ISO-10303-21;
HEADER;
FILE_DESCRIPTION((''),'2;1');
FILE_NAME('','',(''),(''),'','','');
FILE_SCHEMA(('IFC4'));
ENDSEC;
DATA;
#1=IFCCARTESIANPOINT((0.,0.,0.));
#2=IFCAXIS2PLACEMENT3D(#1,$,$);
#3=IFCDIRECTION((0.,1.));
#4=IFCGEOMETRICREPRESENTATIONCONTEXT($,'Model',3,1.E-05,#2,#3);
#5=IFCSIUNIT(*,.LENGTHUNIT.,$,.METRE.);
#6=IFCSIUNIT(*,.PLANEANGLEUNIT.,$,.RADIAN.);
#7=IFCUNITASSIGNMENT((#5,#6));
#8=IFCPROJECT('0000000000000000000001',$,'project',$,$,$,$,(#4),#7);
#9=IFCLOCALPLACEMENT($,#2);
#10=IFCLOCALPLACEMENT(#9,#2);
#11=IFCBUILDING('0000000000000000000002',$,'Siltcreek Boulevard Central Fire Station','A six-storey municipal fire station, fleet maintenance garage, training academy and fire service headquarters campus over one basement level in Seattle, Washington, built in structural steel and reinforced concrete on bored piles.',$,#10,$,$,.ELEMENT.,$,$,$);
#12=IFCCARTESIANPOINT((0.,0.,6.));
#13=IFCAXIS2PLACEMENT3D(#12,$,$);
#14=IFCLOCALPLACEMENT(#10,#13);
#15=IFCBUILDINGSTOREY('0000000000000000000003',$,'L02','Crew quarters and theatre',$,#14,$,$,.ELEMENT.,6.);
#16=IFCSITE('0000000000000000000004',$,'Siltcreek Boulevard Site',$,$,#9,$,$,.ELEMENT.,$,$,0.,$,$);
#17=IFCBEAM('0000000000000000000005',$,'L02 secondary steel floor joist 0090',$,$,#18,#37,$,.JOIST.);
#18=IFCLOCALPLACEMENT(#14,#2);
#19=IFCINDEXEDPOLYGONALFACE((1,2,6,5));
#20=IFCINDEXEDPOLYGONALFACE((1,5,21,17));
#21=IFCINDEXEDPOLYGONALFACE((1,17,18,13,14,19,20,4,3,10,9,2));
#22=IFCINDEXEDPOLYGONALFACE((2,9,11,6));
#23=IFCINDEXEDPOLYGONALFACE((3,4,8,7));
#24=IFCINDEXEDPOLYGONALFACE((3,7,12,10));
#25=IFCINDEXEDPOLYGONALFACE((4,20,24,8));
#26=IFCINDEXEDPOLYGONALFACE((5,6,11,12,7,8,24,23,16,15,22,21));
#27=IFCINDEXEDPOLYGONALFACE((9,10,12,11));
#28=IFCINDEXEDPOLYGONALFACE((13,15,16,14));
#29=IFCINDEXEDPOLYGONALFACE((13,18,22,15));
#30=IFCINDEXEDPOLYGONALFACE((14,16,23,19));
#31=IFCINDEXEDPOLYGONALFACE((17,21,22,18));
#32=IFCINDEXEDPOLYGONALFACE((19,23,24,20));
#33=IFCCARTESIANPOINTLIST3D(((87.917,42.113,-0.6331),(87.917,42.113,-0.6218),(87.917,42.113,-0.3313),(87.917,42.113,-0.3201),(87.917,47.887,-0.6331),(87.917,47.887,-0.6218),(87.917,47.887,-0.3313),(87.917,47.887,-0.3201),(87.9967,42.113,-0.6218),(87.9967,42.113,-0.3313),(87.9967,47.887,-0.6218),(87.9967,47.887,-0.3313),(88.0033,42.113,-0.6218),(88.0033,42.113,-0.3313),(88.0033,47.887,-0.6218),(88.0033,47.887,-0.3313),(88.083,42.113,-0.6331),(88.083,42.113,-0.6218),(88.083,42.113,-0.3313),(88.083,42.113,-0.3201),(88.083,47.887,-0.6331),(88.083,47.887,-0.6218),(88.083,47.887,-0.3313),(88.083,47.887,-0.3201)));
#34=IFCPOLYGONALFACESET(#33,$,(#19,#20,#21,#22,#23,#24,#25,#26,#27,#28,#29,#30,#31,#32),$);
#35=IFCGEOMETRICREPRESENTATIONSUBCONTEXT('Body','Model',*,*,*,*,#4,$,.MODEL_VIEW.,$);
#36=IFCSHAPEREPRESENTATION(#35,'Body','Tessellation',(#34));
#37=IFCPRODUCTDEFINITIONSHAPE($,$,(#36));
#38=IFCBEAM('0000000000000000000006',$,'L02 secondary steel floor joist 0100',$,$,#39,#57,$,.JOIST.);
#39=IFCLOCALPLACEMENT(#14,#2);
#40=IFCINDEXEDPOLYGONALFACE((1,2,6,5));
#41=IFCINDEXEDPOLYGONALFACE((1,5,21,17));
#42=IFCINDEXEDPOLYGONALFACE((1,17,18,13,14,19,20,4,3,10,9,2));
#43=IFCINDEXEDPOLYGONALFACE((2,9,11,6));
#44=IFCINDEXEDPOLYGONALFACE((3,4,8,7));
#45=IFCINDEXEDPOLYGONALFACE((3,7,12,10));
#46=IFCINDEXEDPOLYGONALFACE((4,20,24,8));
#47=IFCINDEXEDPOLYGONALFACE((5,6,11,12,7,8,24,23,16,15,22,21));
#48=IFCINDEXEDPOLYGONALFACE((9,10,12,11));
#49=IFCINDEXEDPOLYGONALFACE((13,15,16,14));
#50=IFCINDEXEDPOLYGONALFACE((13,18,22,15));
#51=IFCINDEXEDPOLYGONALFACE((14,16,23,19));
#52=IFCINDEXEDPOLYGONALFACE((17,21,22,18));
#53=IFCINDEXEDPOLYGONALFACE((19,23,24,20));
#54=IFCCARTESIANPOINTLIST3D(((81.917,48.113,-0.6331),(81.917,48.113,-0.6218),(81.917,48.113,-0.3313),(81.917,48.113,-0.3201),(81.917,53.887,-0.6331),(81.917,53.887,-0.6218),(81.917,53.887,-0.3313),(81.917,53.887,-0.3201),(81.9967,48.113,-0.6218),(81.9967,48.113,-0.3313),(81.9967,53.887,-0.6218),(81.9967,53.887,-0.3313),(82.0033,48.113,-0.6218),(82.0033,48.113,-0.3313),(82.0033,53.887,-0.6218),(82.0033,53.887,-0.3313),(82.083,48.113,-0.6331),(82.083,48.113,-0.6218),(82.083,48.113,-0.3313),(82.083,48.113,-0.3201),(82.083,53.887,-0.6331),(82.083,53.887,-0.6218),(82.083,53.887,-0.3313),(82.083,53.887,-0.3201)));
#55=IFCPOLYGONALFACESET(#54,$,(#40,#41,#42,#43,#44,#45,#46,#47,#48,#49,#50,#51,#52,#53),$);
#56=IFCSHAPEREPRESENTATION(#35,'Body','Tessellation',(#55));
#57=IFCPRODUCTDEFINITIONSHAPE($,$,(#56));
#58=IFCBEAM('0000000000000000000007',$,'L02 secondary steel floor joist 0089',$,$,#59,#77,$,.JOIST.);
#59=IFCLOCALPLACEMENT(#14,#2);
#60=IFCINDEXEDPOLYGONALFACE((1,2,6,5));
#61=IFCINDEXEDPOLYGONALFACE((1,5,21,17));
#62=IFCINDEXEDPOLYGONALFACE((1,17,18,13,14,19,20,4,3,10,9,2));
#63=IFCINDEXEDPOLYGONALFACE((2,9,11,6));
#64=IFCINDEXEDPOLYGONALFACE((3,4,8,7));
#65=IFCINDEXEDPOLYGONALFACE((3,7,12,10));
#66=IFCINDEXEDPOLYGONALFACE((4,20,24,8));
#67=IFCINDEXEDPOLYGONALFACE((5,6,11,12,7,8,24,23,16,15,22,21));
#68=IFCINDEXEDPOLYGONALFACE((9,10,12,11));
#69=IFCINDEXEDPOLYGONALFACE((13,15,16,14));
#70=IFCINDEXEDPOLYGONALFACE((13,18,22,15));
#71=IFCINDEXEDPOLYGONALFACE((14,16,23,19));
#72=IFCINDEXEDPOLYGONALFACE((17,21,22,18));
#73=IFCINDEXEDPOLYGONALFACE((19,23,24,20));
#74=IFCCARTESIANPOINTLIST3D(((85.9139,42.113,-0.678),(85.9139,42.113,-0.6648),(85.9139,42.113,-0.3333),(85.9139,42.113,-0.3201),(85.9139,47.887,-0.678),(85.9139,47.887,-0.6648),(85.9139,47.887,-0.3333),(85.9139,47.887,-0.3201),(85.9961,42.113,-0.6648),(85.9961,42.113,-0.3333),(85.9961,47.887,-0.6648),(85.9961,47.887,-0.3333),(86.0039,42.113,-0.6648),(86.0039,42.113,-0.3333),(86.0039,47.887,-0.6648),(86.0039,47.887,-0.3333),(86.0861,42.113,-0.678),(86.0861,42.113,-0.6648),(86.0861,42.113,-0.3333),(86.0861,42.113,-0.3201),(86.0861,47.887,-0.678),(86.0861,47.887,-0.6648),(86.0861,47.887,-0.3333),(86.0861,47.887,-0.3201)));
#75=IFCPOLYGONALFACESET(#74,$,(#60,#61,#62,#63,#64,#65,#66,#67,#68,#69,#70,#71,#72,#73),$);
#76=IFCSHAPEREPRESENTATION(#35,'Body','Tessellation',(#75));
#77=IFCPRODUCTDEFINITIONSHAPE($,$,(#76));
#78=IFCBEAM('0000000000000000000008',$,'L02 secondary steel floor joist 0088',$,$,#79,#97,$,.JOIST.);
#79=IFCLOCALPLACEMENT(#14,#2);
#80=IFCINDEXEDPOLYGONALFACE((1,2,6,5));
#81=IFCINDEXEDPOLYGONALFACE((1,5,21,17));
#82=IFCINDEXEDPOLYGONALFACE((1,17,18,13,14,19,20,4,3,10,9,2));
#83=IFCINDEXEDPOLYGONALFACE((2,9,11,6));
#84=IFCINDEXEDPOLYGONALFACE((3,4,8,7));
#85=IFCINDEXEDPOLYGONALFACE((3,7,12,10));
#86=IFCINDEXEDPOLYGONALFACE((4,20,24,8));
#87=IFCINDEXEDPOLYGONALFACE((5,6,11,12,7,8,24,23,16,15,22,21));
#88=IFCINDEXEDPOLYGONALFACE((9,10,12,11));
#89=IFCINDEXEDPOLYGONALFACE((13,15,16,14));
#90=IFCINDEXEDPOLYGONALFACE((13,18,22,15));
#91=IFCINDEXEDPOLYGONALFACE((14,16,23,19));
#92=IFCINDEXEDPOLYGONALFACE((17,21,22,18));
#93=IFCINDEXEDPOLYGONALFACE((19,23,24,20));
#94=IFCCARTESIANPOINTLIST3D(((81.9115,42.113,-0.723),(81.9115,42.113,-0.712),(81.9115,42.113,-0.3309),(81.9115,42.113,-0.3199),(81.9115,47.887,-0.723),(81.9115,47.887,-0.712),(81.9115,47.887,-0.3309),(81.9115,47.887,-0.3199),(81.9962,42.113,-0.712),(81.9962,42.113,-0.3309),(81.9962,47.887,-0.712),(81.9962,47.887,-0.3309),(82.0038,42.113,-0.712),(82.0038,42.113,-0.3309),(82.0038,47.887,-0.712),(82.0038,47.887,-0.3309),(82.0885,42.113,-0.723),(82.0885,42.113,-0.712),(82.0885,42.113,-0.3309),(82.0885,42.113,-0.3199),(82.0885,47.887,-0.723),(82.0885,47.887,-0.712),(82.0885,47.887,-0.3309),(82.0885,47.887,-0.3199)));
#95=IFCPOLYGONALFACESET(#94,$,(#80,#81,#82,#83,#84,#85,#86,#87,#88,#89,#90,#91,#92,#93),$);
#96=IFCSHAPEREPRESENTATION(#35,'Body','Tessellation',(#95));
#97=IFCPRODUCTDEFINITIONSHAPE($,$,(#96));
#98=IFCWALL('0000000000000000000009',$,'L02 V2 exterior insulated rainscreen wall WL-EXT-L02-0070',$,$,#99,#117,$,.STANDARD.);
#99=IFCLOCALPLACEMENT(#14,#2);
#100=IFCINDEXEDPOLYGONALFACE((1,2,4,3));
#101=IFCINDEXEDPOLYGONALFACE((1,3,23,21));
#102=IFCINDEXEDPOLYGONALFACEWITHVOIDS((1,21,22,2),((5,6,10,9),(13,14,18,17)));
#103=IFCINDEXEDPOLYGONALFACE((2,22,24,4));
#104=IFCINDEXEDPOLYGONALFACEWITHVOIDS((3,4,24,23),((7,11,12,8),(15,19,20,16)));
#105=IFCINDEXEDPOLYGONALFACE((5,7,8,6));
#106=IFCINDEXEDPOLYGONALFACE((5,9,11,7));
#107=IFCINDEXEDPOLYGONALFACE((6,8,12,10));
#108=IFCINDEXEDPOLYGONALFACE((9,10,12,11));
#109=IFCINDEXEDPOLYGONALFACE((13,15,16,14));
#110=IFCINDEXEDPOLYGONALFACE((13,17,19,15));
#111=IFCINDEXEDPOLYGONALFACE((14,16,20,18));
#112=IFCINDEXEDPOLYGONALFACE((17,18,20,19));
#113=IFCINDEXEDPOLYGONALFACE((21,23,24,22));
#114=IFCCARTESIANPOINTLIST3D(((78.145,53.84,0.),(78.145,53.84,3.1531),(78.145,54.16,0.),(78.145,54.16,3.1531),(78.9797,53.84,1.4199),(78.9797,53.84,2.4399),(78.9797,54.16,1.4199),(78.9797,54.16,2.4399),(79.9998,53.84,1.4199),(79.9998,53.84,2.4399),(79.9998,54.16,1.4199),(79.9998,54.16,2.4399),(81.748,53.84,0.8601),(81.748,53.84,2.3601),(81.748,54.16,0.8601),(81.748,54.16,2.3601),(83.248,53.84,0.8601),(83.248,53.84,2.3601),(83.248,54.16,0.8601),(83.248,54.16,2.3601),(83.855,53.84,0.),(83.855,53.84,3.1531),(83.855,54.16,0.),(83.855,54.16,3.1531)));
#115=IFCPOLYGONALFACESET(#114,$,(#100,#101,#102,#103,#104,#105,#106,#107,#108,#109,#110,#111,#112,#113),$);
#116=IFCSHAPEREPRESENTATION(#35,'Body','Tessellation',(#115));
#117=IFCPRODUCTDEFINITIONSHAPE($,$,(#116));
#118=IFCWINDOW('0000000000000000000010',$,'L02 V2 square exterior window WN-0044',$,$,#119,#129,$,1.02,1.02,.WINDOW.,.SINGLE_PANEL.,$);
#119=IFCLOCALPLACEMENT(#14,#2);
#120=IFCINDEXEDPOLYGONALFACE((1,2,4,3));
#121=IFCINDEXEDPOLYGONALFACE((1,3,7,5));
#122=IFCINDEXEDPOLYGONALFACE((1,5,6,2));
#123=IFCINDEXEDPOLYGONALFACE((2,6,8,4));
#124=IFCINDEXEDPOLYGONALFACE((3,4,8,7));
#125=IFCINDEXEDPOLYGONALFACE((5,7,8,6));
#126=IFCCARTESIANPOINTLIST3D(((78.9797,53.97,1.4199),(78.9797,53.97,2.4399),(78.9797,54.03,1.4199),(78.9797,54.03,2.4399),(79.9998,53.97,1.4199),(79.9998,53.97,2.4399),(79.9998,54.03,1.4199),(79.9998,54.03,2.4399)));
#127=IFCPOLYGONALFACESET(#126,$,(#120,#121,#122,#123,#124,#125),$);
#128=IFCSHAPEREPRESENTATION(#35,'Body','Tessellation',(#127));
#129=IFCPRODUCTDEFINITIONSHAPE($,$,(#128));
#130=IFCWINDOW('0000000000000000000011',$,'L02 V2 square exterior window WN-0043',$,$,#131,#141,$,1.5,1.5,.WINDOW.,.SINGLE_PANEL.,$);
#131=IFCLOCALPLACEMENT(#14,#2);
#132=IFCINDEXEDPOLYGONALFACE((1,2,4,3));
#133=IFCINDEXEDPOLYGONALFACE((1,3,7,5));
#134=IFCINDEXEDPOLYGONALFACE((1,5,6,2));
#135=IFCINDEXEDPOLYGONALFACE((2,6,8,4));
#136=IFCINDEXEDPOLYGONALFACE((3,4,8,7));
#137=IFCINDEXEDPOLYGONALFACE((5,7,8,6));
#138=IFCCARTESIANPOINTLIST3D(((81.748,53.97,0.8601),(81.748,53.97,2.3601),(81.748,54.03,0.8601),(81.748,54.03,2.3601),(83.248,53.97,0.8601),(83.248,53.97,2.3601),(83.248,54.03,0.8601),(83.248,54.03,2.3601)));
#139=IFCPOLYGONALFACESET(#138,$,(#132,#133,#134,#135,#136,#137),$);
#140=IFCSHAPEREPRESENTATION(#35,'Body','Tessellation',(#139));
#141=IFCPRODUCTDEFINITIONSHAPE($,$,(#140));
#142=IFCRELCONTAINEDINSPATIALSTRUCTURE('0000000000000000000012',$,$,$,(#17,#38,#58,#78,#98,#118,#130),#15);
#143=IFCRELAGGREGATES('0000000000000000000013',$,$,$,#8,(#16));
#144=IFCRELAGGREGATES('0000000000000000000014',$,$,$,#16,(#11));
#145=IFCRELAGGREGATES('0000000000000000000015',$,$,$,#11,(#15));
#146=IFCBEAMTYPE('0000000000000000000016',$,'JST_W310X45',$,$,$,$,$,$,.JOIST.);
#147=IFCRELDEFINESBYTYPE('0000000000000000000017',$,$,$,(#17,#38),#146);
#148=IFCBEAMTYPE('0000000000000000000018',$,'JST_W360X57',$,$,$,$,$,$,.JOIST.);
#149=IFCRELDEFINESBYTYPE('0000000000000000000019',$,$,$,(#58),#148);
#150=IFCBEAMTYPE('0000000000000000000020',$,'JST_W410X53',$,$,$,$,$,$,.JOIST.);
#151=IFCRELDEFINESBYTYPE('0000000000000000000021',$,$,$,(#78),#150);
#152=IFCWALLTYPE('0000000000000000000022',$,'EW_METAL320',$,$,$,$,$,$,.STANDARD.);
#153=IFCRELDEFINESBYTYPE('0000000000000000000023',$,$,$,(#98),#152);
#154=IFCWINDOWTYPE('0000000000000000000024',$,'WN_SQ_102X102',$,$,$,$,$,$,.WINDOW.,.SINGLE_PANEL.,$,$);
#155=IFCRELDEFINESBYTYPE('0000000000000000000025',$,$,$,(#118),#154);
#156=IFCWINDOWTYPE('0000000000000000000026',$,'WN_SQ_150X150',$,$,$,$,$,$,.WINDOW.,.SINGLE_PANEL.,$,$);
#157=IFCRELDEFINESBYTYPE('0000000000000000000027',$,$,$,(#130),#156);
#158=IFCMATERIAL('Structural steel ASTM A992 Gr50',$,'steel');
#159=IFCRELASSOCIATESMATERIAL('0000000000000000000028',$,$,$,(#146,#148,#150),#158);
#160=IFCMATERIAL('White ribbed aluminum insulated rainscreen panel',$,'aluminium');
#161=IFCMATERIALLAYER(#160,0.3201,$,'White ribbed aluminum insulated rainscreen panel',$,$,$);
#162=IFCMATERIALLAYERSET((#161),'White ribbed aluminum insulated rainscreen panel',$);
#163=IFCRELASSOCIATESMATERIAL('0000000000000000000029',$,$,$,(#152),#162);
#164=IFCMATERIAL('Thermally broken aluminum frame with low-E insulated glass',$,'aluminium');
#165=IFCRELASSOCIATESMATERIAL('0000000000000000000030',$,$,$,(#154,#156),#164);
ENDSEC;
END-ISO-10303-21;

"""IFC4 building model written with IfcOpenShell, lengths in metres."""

from ifc_helpers import new_model, si_unit, direction, frame, frame_2d, origin, origin_2d, place, context, subcontext, project, spatial, rectangle, i_section, extrude, material, layer, layer_set, material_profile, profile_set, type_object, element, fill, save


model = new_model("IFC4")

# Units and contexts
model_context = context("Model", 3, precision=1e-05, world=origin(), true_north=direction((0.0, 1.0)))
body_context = subcontext(model_context, "Body", "Model", "MODEL_VIEW")
ifc_project = project(units=[si_unit("LENGTHUNIT", "METRE"), si_unit("PLANEANGLEUNIT", "RADIAN")], contexts=[model_context])

# Site, building, storey
site_placement = place(None, origin())
site = spatial("IfcSite", under=ifc_project, at=site_placement, Name="Siltcreek Boulevard Site", CompositionType="ELEMENT", RefElevation=0.0)
building_placement = place(site_placement, origin())
building = spatial("IfcBuilding", under=site, at=building_placement, Name="Siltcreek Boulevard Central Fire Station", Description="A six-storey municipal fire station, fleet maintenance garage, training academy and fire service headquarters campus over one basement level in Seattle, Washington, built in structural steel and reinforced concrete on bored piles.", CompositionType="ELEMENT")
storey_placement = place(building_placement, frame((0.0, 0.0, 6.0)))
storey = spatial("IfcBuildingStorey", under=building, at=storey_placement, Name="L02", Description="Crew quarters and theatre", CompositionType="ELEMENT", Elevation=6.0)

# Shared definitions
ifc_material_1 = material(Name="Structural steel ASTM A992 Gr50", Category="steel")

# Beams
ifc_material_profile_1 = material_profile(ifc_material_1, i_section(OverallWidth=0.166, OverallDepth=0.313, WebThickness=0.0066, FlangeThickness=0.0112, at=origin_2d()), Name="W310X45")
ifc_profile_set_1 = profile_set([ifc_material_profile_1], Name="Structural steel ASTM A992 Gr50")
beam_type_1 = type_object("IfcBeamType", Name="JST_W310X45", PredefinedType="JOIST", material=ifc_profile_set_1)
for number, where, z_axis, x_axis, name in (
    (1, (88.0, 42.113, -0.4766), (0.0, 1.0, 0.0), (-1.0, 0.0, 0.0), "L02 secondary steel floor joist 0090"),
    (2, (82.0, 48.113, -0.4766), (0.0, 1.0, 0.0), (-1.0, 0.0, 0.0), "L02 secondary steel floor joist 0100"),
):
    element("IfcBeam", number, at=place(storey_placement, frame(where, z_axis=z_axis, x_axis=x_axis)), inside=storey, type_object=beam_type_1, Name=name, PredefinedType="JOIST", context=body_context, shape_type="SweptSolid", body=[
        extrude(i_section(OverallWidth=0.166, OverallDepth=0.313, WebThickness=0.0066, FlangeThickness=0.0112, at=origin_2d()), origin(), (0.0, 0.0, 1.0), 5.7739),
    ])
ifc_material_profile_2 = material_profile(ifc_material_1, i_section(OverallWidth=0.1721, OverallDepth=0.3579, WebThickness=0.0078, FlangeThickness=0.0132, at=origin_2d()), Name="W360X57")
ifc_profile_set_2 = profile_set([ifc_material_profile_2], Name="Structural steel ASTM A992 Gr50")
beam_type_2 = type_object("IfcBeamType", Name="JST_W360X57", PredefinedType="JOIST", material=ifc_profile_set_2)
beam_1_placement = place(storey_placement, frame((86.0, 42.113, -0.499), z_axis=(0.0, 1.0, 0.0), x_axis=(-1.0, 0.0, 0.0)))
element("IfcBeam", 3, at=beam_1_placement, inside=storey, type_object=beam_type_2, Name="L02 secondary steel floor joist 0089", PredefinedType="JOIST", context=body_context, shape_type="SweptSolid", body=[
    extrude(i_section(OverallWidth=0.1721, OverallDepth=0.3579, WebThickness=0.0078, FlangeThickness=0.0132, at=origin_2d()), origin(), (0.0, 0.0, 1.0), 5.7739),
])
ifc_material_profile_3 = material_profile(ifc_material_1, i_section(OverallWidth=0.177, OverallDepth=0.4031, WebThickness=0.0076, FlangeThickness=0.011, at=origin_2d()), Name="W410X53")
ifc_profile_set_3 = profile_set([ifc_material_profile_3], Name="Structural steel ASTM A992 Gr50")
beam_type_3 = type_object("IfcBeamType", Name="JST_W410X53", PredefinedType="JOIST", material=ifc_profile_set_3)
beam_2_placement = place(storey_placement, frame((82.0, 42.113, -0.5215), z_axis=(0.0, 1.0, 0.0), x_axis=(-1.0, 0.0, 0.0)))
element("IfcBeam", 4, at=beam_2_placement, inside=storey, type_object=beam_type_3, Name="L02 secondary steel floor joist 0088", PredefinedType="JOIST", context=body_context, shape_type="SweptSolid", body=[
    extrude(i_section(OverallWidth=0.177, OverallDepth=0.4031, WebThickness=0.0076, FlangeThickness=0.011, at=origin_2d()), origin(), (0.0, 0.0, 1.0), 5.7739),
])

# Wall, openings, windows
ifc_material_2 = material(Name="White ribbed aluminum insulated rainscreen panel", Category="aluminium")
ifc_layer_1 = layer(ifc_material_2, 0.3201, Name="White ribbed aluminum insulated rainscreen panel")
ifc_layer_set_1 = layer_set([ifc_layer_1], Name="White ribbed aluminum insulated rainscreen panel")
wall_type_1 = type_object("IfcWallType", Name="EW_METAL320", PredefinedType="STANDARD", material=ifc_layer_set_1)
wall_1_placement = place(storey_placement, frame((83.855, 54.0, 0.0), z_axis=(0.0, 0.0, 1.0), x_axis=(-1.0, 0.0, 0.0)))
wall_1 = element("IfcWall", 5, at=wall_1_placement, inside=storey, type_object=wall_type_1, Name="L02 V2 exterior insulated rainscreen wall WL-EXT-L02-0070", PredefinedType="STANDARD", context=body_context, shape_type="SweptSolid", body=[
    extrude(rectangle(XDim=5.71, YDim=0.3201, at=frame_2d((2.855, 0.0))), origin(), (0.0, 0.0, 1.0), 3.1531),
])
opening_1_placement = place(wall_1_placement, frame((0.6069, 0.0, 0.8601)))
opening_1 = element("IfcOpeningElement", 6, at=opening_1_placement, cuts=wall_1, PredefinedType="OPENING", context=body_context, shape_type="SweptSolid", body=[
    extrude(rectangle(XDim=1.5, YDim=1.5, at=frame_2d((0.75, 0.75))), frame((0.0, 0.1699, 0.0), z_axis=(0.0, -1.0, 0.0), x_axis=(1.0, 0.0, 0.0)), (0.0, 0.0, 1.0), 0.3401),
])
opening_2_placement = place(wall_1_placement, frame((3.8552, 0.0, 1.4199)))
opening_2 = element("IfcOpeningElement", 7, at=opening_2_placement, cuts=wall_1, PredefinedType="OPENING", context=body_context, shape_type="SweptSolid", body=[
    extrude(rectangle(XDim=1.02, YDim=1.02, at=frame_2d((0.51, 0.51))), frame((0.0, 0.1699, 0.0), z_axis=(0.0, -1.0, 0.0), x_axis=(1.0, 0.0, 0.0)), (0.0, 0.0, 1.0), 0.3401),
])
ifc_material_3 = material(Name="Thermally broken aluminum frame with low-E insulated glass", Category="aluminium")
window_type_1 = type_object("IfcWindowType", Name="WN_SQ_102X102", PartitioningType="SINGLE_PANEL", PredefinedType="WINDOW", material=ifc_material_3)
window_1_placement = place(opening_2_placement, origin())
window_1 = element("IfcWindow", 8, at=window_1_placement, inside=storey, type_object=window_type_1, Name="L02 V2 square exterior window WN-0044", OverallHeight=1.02, OverallWidth=1.02, PartitioningType="SINGLE_PANEL", PredefinedType="WINDOW", context=body_context, shape_type="SweptSolid", body=[
    extrude(rectangle(XDim=1.02, YDim=1.02, at=frame_2d((0.51, 0.51))), frame((0.0, 0.03, 0.0), z_axis=(0.0, -1.0, 0.0), x_axis=(1.0, 0.0, 0.0)), (0.0, 0.0, 1.0), 0.0601),
])
fill(opening_2, window_1)
window_type_2 = type_object("IfcWindowType", Name="WN_SQ_150X150", PartitioningType="SINGLE_PANEL", PredefinedType="WINDOW", material=ifc_material_3)
window_2_placement = place(opening_1_placement, origin())
window_2 = element("IfcWindow", 9, at=window_2_placement, inside=storey, type_object=window_type_2, Name="L02 V2 square exterior window WN-0043", OverallHeight=1.5, OverallWidth=1.5, PartitioningType="SINGLE_PANEL", PredefinedType="WINDOW", context=body_context, shape_type="SweptSolid", body=[
    extrude(rectangle(XDim=1.5, YDim=1.5, at=frame_2d((0.75, 0.75))), frame((0.0, 0.03, 0.0), z_axis=(0.0, -1.0, 0.0), x_axis=(1.0, 0.0, 0.0)), (0.0, 0.0, 1.0), 0.0601),
])
fill(opening_1, window_2)

save(model, "model.ifc")
